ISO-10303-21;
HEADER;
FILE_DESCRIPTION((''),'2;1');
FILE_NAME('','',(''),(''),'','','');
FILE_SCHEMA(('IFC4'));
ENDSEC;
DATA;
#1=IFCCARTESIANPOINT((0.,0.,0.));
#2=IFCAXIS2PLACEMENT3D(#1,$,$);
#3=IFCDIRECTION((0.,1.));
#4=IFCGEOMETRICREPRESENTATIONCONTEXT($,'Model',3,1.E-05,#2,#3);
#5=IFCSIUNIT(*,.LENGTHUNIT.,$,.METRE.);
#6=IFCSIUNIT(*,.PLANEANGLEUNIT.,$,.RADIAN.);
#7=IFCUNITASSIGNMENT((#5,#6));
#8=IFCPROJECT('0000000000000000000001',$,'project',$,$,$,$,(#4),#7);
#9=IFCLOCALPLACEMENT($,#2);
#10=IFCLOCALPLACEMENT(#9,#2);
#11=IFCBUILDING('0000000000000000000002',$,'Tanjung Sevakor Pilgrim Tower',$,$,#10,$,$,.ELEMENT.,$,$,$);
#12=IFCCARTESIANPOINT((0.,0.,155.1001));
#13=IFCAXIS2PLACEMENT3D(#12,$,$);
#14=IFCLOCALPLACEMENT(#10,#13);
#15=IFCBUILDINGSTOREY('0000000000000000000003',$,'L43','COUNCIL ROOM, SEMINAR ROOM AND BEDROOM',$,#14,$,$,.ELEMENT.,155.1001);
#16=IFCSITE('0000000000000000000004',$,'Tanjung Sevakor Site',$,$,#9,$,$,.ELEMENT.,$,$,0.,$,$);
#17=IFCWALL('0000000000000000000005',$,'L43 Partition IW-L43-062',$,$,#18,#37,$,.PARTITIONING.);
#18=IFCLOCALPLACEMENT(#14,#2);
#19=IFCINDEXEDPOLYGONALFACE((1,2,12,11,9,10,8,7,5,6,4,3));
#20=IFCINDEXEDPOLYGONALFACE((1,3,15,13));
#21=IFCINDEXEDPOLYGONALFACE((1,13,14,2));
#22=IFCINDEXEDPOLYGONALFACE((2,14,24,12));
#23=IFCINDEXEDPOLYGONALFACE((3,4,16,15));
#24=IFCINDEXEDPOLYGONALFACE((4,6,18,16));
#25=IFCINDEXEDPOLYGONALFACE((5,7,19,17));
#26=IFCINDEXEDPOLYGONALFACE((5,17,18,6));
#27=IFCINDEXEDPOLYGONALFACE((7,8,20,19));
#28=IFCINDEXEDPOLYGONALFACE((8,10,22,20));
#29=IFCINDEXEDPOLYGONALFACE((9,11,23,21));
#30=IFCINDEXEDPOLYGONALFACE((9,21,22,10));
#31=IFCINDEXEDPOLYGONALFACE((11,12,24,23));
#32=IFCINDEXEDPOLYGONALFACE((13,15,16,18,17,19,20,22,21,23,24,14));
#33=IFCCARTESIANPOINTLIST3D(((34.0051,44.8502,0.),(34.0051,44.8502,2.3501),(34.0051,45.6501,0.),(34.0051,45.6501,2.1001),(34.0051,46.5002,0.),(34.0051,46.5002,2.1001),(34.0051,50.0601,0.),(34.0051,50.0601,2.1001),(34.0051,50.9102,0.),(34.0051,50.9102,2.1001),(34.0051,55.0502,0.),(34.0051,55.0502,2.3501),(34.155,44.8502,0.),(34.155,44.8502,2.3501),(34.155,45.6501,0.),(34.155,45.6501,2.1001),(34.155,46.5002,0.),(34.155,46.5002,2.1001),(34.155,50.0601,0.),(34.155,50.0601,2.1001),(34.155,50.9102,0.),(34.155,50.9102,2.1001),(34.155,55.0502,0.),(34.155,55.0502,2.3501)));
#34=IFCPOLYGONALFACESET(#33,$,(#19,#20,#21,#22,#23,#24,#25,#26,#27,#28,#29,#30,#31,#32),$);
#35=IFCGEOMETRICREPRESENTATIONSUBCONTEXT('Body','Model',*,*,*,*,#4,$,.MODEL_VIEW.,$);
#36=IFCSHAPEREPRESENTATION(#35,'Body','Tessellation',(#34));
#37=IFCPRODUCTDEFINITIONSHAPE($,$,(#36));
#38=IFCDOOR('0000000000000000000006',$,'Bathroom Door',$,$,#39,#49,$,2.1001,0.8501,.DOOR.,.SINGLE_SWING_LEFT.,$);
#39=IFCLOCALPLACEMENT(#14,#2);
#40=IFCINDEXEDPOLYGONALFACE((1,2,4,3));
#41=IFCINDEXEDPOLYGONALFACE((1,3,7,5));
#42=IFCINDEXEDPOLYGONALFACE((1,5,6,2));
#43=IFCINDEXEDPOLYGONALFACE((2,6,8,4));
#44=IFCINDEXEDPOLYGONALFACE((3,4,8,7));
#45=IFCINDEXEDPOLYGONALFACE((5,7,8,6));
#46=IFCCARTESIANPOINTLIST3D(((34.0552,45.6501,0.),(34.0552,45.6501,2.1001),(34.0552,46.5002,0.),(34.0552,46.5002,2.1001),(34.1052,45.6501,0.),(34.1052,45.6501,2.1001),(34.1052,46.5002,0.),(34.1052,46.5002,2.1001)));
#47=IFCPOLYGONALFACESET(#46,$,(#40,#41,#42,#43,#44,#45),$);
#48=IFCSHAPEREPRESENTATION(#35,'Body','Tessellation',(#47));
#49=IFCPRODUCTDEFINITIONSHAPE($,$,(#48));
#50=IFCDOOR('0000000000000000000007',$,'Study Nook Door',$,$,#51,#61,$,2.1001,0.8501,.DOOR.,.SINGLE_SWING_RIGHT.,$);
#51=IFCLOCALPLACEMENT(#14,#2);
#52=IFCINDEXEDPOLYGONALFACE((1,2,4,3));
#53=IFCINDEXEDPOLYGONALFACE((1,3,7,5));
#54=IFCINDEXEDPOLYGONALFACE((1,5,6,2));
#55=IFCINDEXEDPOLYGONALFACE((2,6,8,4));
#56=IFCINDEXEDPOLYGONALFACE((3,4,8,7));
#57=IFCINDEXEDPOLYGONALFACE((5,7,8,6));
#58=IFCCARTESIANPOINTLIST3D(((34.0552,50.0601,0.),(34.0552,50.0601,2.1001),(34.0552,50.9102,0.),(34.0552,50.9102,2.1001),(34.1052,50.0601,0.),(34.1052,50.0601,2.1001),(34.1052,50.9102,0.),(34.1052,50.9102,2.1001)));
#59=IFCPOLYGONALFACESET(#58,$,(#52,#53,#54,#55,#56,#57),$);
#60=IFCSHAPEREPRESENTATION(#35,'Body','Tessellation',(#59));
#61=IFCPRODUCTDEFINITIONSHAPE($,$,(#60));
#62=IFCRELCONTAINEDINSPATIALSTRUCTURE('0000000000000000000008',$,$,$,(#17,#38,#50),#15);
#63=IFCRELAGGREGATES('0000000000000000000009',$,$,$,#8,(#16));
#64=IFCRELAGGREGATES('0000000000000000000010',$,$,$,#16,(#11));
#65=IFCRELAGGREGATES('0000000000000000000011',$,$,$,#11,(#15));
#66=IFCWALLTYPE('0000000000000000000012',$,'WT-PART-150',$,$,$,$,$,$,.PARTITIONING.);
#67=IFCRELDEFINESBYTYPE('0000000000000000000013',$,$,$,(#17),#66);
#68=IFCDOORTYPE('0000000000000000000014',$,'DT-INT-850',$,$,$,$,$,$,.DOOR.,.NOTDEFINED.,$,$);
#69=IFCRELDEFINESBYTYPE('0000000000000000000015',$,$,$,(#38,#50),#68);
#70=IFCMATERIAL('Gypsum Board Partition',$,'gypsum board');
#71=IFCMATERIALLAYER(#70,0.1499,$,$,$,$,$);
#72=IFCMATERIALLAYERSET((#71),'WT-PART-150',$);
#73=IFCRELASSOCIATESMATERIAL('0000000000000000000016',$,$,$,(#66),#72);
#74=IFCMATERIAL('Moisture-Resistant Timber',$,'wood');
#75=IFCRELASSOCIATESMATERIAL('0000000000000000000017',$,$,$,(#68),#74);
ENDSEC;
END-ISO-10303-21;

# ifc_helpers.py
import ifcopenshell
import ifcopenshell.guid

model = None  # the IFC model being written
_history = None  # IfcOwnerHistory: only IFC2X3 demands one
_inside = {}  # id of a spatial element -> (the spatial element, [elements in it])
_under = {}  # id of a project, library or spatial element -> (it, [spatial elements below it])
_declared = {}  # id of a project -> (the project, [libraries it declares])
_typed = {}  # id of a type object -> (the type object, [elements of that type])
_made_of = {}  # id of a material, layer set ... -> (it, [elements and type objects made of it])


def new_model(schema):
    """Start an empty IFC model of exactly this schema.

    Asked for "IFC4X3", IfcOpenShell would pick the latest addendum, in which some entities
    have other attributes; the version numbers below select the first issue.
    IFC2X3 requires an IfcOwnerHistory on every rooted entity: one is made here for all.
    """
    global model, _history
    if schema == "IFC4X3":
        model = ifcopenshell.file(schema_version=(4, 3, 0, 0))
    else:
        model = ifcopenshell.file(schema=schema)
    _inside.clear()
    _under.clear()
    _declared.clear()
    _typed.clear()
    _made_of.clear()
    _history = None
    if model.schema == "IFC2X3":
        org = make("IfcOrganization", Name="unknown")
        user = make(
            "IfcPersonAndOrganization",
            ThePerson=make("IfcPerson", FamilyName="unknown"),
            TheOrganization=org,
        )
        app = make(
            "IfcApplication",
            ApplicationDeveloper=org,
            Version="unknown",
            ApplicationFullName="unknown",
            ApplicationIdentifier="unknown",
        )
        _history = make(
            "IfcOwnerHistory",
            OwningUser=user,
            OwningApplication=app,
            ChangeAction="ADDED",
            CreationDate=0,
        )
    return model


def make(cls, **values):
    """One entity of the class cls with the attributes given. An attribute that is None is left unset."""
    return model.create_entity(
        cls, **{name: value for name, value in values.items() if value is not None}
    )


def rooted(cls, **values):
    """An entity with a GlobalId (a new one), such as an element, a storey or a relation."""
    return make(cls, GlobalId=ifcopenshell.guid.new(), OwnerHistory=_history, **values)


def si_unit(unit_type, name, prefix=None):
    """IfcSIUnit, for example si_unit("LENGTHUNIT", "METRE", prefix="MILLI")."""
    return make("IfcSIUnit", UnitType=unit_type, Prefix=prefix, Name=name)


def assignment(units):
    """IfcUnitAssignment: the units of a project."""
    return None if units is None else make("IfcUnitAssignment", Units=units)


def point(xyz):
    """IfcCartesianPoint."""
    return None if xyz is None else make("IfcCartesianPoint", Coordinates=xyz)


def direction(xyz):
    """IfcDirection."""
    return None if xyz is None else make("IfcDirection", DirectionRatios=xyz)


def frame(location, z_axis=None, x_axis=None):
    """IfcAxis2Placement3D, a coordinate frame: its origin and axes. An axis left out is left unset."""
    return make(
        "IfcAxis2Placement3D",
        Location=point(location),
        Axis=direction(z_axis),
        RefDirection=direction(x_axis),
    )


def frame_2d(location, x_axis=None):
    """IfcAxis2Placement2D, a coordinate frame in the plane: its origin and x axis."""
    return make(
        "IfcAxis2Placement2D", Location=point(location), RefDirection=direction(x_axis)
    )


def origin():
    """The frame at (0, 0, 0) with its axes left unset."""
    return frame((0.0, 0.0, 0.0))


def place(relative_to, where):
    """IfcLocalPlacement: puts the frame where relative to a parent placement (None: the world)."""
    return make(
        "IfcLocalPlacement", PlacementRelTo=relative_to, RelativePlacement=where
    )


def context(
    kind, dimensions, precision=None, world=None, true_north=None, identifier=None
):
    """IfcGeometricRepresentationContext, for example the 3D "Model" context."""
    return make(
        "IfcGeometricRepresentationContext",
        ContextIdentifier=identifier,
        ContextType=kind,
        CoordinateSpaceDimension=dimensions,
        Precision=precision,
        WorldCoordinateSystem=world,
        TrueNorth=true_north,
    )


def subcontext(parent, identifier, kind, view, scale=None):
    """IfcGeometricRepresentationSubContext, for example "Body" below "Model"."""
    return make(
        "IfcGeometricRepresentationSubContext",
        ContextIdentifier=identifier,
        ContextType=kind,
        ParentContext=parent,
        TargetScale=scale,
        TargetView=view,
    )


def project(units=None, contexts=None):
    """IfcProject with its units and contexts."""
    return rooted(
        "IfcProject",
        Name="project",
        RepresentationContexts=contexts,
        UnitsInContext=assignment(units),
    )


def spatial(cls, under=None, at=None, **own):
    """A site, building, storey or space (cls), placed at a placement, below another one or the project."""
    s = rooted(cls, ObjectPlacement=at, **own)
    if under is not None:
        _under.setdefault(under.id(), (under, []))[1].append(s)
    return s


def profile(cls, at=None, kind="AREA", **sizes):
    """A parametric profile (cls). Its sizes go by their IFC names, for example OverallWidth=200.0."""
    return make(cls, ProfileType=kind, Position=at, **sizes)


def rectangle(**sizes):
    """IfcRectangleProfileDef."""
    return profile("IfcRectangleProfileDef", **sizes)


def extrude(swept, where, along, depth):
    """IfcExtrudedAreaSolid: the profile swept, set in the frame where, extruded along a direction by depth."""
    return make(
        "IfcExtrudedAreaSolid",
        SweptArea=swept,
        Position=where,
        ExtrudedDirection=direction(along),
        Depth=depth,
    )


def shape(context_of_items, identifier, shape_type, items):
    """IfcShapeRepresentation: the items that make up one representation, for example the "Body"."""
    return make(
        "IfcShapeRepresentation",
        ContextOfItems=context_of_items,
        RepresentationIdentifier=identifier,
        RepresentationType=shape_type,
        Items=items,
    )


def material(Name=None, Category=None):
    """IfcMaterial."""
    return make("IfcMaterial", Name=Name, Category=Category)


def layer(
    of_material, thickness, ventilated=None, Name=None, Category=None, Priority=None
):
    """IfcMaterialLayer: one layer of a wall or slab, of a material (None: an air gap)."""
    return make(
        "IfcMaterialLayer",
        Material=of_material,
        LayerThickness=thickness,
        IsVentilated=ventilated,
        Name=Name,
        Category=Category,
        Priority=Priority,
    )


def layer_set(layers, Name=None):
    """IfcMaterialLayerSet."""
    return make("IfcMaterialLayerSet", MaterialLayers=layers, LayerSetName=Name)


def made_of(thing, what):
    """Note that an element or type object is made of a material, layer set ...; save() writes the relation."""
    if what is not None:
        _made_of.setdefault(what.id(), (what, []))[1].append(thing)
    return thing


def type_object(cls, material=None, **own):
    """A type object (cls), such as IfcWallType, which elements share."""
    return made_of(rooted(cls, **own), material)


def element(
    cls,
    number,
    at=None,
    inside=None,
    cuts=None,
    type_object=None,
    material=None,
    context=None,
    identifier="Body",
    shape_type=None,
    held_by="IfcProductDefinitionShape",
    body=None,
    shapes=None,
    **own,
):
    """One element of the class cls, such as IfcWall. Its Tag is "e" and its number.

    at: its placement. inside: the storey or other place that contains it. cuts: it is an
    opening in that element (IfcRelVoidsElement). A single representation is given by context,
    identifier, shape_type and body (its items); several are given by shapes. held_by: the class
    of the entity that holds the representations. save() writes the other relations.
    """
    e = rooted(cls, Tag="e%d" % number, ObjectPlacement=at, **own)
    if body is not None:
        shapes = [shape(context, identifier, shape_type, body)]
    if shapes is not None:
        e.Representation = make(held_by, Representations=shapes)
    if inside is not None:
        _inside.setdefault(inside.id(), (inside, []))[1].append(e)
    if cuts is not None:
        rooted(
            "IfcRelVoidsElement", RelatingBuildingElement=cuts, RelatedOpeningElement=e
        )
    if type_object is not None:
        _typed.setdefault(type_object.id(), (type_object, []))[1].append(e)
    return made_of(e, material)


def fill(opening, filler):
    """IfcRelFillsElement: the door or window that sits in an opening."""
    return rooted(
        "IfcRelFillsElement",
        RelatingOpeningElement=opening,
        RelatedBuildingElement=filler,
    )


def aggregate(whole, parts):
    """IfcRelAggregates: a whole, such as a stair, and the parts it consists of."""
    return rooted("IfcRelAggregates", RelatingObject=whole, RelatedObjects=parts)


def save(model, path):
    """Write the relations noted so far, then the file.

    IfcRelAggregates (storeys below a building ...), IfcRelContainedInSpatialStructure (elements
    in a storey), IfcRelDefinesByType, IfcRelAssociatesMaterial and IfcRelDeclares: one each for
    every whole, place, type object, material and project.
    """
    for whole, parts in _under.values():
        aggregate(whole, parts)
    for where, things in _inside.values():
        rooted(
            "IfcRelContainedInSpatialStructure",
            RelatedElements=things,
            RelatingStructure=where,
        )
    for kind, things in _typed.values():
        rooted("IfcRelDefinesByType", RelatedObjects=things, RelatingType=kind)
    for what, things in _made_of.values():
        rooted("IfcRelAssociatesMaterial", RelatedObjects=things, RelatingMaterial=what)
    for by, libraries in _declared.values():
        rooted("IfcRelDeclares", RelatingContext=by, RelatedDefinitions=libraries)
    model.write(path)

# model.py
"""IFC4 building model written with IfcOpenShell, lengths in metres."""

from ifc_helpers import new_model, si_unit, direction, frame, frame_2d, origin, place, context, subcontext, project, spatial, rectangle, extrude, material, layer, layer_set, type_object, element, fill, save


model = new_model("IFC4")

# Units and contexts
model_context = context("Model", 3, precision=1e-05, world=origin(), true_north=direction((0.0, 1.0)))
body_context = subcontext(model_context, "Body", "Model", "MODEL_VIEW")
ifc_project = project(units=[si_unit("LENGTHUNIT", "METRE"), si_unit("PLANEANGLEUNIT", "RADIAN")], contexts=[model_context])

# Site, building, storey
site_placement = place(None, origin())
site = spatial("IfcSite", under=ifc_project, at=site_placement, Name="Tanjung Sevakor Site", CompositionType="ELEMENT", RefElevation=0.0)
building_placement = place(site_placement, origin())
building = spatial("IfcBuilding", under=site, at=building_placement, Name="Tanjung Sevakor Pilgrim Tower", CompositionType="ELEMENT")
storey_placement = place(building_placement, frame((0.0, 0.0, 155.1001)))
storey = spatial("IfcBuildingStorey", under=building, at=storey_placement, Name="L43", Description="COUNCIL ROOM, SEMINAR ROOM AND BEDROOM", CompositionType="ELEMENT", Elevation=155.1001)

# Wall, openings, doors
ifc_material_1 = material(Name="Gypsum Board Partition", Category="gypsum board")
ifc_layer_1 = layer(ifc_material_1, 0.1499)
ifc_layer_set_1 = layer_set([ifc_layer_1], Name="WT-PART-150")
wall_type_1 = type_object("IfcWallType", Name="WT-PART-150", PredefinedType="PARTITIONING", material=ifc_layer_set_1)
wall_1_placement = place(storey_placement, frame((34.0801, 44.8501, 0.0), z_axis=(0.0, 0.0, 1.0), x_axis=(0.0, 1.0, 0.0)))
wall_1 = element("IfcWall", 1, at=wall_1_placement, inside=storey, type_object=wall_type_1, Name="L43 Partition IW-L43-062", PredefinedType="PARTITIONING", context=body_context, shape_type="SweptSolid", body=[
    extrude(rectangle(XDim=10.2, YDim=0.1499, at=frame_2d((5.1001, 0.0))), origin(), (0.0, 0.0, 1.0), 2.3501),
])
opening_1_placement = place(wall_1_placement, frame((0.8, 0.0, 0.0)))
opening_1 = element("IfcOpeningElement", 2, at=opening_1_placement, cuts=wall_1, PredefinedType="OPENING", context=body_context, shape_type="SweptSolid", body=[
    extrude(rectangle(XDim=0.8501, YDim=2.1001, at=frame_2d((0.425, 1.05))), frame((0.0, 0.085, 0.0), z_axis=(0.0, -1.0, 0.0), x_axis=(1.0, 0.0, 0.0)), (0.0, 0.0, 1.0), 0.1699),
])
opening_2_placement = place(wall_1_placement, frame((5.21, 0.0, 0.0)))
opening_2 = element("IfcOpeningElement", 3, at=opening_2_placement, cuts=wall_1, PredefinedType="OPENING", context=body_context, shape_type="SweptSolid", body=[
    extrude(rectangle(XDim=0.8501, YDim=2.1001, at=frame_2d((0.425, 1.05))), frame((0.0, 0.085, 0.0), z_axis=(0.0, -1.0, 0.0), x_axis=(1.0, 0.0, 0.0)), (0.0, 0.0, 1.0), 0.1699),
])
ifc_material_2 = material(Name="Moisture-Resistant Timber", Category="wood")
door_type_1 = type_object("IfcDoorType", Name="DT-INT-850", OperationType="NOTDEFINED", PredefinedType="DOOR", material=ifc_material_2)
door_1_placement = place(opening_1_placement, origin())
door_1 = element("IfcDoor", 4, at=door_1_placement, inside=storey, type_object=door_type_1, Name="Bathroom Door", OperationType="SINGLE_SWING_LEFT", OverallHeight=2.1001, OverallWidth=0.8501, PredefinedType="DOOR", context=body_context, shape_type="SweptSolid", body=[
    extrude(rectangle(XDim=0.8501, YDim=2.1001, at=frame_2d((0.425, 1.05))), frame((0.0, 0.0249, 0.0), z_axis=(0.0, -1.0, 0.0), x_axis=(1.0, 0.0, 0.0)), (0.0, 0.0, 1.0), 0.05),
])
fill(opening_1, door_1)
door_2_placement = place(opening_2_placement, origin())
door_2 = element("IfcDoor", 5, at=door_2_placement, inside=storey, type_object=door_type_1, Name="Study Nook Door", OperationType="SINGLE_SWING_RIGHT", OverallHeight=2.1001, OverallWidth=0.8501, PredefinedType="DOOR", context=body_context, shape_type="SweptSolid", body=[
    extrude(rectangle(XDim=0.8501, YDim=2.1001, at=frame_2d((0.425, 1.05))), frame((0.0, 0.0249, 0.0), z_axis=(0.0, -1.0, 0.0), x_axis=(1.0, 0.0, 0.0)), (0.0, 0.0, 1.0), 0.05),
])
fill(opening_2, door_2)

save(model, "model.ifc")
